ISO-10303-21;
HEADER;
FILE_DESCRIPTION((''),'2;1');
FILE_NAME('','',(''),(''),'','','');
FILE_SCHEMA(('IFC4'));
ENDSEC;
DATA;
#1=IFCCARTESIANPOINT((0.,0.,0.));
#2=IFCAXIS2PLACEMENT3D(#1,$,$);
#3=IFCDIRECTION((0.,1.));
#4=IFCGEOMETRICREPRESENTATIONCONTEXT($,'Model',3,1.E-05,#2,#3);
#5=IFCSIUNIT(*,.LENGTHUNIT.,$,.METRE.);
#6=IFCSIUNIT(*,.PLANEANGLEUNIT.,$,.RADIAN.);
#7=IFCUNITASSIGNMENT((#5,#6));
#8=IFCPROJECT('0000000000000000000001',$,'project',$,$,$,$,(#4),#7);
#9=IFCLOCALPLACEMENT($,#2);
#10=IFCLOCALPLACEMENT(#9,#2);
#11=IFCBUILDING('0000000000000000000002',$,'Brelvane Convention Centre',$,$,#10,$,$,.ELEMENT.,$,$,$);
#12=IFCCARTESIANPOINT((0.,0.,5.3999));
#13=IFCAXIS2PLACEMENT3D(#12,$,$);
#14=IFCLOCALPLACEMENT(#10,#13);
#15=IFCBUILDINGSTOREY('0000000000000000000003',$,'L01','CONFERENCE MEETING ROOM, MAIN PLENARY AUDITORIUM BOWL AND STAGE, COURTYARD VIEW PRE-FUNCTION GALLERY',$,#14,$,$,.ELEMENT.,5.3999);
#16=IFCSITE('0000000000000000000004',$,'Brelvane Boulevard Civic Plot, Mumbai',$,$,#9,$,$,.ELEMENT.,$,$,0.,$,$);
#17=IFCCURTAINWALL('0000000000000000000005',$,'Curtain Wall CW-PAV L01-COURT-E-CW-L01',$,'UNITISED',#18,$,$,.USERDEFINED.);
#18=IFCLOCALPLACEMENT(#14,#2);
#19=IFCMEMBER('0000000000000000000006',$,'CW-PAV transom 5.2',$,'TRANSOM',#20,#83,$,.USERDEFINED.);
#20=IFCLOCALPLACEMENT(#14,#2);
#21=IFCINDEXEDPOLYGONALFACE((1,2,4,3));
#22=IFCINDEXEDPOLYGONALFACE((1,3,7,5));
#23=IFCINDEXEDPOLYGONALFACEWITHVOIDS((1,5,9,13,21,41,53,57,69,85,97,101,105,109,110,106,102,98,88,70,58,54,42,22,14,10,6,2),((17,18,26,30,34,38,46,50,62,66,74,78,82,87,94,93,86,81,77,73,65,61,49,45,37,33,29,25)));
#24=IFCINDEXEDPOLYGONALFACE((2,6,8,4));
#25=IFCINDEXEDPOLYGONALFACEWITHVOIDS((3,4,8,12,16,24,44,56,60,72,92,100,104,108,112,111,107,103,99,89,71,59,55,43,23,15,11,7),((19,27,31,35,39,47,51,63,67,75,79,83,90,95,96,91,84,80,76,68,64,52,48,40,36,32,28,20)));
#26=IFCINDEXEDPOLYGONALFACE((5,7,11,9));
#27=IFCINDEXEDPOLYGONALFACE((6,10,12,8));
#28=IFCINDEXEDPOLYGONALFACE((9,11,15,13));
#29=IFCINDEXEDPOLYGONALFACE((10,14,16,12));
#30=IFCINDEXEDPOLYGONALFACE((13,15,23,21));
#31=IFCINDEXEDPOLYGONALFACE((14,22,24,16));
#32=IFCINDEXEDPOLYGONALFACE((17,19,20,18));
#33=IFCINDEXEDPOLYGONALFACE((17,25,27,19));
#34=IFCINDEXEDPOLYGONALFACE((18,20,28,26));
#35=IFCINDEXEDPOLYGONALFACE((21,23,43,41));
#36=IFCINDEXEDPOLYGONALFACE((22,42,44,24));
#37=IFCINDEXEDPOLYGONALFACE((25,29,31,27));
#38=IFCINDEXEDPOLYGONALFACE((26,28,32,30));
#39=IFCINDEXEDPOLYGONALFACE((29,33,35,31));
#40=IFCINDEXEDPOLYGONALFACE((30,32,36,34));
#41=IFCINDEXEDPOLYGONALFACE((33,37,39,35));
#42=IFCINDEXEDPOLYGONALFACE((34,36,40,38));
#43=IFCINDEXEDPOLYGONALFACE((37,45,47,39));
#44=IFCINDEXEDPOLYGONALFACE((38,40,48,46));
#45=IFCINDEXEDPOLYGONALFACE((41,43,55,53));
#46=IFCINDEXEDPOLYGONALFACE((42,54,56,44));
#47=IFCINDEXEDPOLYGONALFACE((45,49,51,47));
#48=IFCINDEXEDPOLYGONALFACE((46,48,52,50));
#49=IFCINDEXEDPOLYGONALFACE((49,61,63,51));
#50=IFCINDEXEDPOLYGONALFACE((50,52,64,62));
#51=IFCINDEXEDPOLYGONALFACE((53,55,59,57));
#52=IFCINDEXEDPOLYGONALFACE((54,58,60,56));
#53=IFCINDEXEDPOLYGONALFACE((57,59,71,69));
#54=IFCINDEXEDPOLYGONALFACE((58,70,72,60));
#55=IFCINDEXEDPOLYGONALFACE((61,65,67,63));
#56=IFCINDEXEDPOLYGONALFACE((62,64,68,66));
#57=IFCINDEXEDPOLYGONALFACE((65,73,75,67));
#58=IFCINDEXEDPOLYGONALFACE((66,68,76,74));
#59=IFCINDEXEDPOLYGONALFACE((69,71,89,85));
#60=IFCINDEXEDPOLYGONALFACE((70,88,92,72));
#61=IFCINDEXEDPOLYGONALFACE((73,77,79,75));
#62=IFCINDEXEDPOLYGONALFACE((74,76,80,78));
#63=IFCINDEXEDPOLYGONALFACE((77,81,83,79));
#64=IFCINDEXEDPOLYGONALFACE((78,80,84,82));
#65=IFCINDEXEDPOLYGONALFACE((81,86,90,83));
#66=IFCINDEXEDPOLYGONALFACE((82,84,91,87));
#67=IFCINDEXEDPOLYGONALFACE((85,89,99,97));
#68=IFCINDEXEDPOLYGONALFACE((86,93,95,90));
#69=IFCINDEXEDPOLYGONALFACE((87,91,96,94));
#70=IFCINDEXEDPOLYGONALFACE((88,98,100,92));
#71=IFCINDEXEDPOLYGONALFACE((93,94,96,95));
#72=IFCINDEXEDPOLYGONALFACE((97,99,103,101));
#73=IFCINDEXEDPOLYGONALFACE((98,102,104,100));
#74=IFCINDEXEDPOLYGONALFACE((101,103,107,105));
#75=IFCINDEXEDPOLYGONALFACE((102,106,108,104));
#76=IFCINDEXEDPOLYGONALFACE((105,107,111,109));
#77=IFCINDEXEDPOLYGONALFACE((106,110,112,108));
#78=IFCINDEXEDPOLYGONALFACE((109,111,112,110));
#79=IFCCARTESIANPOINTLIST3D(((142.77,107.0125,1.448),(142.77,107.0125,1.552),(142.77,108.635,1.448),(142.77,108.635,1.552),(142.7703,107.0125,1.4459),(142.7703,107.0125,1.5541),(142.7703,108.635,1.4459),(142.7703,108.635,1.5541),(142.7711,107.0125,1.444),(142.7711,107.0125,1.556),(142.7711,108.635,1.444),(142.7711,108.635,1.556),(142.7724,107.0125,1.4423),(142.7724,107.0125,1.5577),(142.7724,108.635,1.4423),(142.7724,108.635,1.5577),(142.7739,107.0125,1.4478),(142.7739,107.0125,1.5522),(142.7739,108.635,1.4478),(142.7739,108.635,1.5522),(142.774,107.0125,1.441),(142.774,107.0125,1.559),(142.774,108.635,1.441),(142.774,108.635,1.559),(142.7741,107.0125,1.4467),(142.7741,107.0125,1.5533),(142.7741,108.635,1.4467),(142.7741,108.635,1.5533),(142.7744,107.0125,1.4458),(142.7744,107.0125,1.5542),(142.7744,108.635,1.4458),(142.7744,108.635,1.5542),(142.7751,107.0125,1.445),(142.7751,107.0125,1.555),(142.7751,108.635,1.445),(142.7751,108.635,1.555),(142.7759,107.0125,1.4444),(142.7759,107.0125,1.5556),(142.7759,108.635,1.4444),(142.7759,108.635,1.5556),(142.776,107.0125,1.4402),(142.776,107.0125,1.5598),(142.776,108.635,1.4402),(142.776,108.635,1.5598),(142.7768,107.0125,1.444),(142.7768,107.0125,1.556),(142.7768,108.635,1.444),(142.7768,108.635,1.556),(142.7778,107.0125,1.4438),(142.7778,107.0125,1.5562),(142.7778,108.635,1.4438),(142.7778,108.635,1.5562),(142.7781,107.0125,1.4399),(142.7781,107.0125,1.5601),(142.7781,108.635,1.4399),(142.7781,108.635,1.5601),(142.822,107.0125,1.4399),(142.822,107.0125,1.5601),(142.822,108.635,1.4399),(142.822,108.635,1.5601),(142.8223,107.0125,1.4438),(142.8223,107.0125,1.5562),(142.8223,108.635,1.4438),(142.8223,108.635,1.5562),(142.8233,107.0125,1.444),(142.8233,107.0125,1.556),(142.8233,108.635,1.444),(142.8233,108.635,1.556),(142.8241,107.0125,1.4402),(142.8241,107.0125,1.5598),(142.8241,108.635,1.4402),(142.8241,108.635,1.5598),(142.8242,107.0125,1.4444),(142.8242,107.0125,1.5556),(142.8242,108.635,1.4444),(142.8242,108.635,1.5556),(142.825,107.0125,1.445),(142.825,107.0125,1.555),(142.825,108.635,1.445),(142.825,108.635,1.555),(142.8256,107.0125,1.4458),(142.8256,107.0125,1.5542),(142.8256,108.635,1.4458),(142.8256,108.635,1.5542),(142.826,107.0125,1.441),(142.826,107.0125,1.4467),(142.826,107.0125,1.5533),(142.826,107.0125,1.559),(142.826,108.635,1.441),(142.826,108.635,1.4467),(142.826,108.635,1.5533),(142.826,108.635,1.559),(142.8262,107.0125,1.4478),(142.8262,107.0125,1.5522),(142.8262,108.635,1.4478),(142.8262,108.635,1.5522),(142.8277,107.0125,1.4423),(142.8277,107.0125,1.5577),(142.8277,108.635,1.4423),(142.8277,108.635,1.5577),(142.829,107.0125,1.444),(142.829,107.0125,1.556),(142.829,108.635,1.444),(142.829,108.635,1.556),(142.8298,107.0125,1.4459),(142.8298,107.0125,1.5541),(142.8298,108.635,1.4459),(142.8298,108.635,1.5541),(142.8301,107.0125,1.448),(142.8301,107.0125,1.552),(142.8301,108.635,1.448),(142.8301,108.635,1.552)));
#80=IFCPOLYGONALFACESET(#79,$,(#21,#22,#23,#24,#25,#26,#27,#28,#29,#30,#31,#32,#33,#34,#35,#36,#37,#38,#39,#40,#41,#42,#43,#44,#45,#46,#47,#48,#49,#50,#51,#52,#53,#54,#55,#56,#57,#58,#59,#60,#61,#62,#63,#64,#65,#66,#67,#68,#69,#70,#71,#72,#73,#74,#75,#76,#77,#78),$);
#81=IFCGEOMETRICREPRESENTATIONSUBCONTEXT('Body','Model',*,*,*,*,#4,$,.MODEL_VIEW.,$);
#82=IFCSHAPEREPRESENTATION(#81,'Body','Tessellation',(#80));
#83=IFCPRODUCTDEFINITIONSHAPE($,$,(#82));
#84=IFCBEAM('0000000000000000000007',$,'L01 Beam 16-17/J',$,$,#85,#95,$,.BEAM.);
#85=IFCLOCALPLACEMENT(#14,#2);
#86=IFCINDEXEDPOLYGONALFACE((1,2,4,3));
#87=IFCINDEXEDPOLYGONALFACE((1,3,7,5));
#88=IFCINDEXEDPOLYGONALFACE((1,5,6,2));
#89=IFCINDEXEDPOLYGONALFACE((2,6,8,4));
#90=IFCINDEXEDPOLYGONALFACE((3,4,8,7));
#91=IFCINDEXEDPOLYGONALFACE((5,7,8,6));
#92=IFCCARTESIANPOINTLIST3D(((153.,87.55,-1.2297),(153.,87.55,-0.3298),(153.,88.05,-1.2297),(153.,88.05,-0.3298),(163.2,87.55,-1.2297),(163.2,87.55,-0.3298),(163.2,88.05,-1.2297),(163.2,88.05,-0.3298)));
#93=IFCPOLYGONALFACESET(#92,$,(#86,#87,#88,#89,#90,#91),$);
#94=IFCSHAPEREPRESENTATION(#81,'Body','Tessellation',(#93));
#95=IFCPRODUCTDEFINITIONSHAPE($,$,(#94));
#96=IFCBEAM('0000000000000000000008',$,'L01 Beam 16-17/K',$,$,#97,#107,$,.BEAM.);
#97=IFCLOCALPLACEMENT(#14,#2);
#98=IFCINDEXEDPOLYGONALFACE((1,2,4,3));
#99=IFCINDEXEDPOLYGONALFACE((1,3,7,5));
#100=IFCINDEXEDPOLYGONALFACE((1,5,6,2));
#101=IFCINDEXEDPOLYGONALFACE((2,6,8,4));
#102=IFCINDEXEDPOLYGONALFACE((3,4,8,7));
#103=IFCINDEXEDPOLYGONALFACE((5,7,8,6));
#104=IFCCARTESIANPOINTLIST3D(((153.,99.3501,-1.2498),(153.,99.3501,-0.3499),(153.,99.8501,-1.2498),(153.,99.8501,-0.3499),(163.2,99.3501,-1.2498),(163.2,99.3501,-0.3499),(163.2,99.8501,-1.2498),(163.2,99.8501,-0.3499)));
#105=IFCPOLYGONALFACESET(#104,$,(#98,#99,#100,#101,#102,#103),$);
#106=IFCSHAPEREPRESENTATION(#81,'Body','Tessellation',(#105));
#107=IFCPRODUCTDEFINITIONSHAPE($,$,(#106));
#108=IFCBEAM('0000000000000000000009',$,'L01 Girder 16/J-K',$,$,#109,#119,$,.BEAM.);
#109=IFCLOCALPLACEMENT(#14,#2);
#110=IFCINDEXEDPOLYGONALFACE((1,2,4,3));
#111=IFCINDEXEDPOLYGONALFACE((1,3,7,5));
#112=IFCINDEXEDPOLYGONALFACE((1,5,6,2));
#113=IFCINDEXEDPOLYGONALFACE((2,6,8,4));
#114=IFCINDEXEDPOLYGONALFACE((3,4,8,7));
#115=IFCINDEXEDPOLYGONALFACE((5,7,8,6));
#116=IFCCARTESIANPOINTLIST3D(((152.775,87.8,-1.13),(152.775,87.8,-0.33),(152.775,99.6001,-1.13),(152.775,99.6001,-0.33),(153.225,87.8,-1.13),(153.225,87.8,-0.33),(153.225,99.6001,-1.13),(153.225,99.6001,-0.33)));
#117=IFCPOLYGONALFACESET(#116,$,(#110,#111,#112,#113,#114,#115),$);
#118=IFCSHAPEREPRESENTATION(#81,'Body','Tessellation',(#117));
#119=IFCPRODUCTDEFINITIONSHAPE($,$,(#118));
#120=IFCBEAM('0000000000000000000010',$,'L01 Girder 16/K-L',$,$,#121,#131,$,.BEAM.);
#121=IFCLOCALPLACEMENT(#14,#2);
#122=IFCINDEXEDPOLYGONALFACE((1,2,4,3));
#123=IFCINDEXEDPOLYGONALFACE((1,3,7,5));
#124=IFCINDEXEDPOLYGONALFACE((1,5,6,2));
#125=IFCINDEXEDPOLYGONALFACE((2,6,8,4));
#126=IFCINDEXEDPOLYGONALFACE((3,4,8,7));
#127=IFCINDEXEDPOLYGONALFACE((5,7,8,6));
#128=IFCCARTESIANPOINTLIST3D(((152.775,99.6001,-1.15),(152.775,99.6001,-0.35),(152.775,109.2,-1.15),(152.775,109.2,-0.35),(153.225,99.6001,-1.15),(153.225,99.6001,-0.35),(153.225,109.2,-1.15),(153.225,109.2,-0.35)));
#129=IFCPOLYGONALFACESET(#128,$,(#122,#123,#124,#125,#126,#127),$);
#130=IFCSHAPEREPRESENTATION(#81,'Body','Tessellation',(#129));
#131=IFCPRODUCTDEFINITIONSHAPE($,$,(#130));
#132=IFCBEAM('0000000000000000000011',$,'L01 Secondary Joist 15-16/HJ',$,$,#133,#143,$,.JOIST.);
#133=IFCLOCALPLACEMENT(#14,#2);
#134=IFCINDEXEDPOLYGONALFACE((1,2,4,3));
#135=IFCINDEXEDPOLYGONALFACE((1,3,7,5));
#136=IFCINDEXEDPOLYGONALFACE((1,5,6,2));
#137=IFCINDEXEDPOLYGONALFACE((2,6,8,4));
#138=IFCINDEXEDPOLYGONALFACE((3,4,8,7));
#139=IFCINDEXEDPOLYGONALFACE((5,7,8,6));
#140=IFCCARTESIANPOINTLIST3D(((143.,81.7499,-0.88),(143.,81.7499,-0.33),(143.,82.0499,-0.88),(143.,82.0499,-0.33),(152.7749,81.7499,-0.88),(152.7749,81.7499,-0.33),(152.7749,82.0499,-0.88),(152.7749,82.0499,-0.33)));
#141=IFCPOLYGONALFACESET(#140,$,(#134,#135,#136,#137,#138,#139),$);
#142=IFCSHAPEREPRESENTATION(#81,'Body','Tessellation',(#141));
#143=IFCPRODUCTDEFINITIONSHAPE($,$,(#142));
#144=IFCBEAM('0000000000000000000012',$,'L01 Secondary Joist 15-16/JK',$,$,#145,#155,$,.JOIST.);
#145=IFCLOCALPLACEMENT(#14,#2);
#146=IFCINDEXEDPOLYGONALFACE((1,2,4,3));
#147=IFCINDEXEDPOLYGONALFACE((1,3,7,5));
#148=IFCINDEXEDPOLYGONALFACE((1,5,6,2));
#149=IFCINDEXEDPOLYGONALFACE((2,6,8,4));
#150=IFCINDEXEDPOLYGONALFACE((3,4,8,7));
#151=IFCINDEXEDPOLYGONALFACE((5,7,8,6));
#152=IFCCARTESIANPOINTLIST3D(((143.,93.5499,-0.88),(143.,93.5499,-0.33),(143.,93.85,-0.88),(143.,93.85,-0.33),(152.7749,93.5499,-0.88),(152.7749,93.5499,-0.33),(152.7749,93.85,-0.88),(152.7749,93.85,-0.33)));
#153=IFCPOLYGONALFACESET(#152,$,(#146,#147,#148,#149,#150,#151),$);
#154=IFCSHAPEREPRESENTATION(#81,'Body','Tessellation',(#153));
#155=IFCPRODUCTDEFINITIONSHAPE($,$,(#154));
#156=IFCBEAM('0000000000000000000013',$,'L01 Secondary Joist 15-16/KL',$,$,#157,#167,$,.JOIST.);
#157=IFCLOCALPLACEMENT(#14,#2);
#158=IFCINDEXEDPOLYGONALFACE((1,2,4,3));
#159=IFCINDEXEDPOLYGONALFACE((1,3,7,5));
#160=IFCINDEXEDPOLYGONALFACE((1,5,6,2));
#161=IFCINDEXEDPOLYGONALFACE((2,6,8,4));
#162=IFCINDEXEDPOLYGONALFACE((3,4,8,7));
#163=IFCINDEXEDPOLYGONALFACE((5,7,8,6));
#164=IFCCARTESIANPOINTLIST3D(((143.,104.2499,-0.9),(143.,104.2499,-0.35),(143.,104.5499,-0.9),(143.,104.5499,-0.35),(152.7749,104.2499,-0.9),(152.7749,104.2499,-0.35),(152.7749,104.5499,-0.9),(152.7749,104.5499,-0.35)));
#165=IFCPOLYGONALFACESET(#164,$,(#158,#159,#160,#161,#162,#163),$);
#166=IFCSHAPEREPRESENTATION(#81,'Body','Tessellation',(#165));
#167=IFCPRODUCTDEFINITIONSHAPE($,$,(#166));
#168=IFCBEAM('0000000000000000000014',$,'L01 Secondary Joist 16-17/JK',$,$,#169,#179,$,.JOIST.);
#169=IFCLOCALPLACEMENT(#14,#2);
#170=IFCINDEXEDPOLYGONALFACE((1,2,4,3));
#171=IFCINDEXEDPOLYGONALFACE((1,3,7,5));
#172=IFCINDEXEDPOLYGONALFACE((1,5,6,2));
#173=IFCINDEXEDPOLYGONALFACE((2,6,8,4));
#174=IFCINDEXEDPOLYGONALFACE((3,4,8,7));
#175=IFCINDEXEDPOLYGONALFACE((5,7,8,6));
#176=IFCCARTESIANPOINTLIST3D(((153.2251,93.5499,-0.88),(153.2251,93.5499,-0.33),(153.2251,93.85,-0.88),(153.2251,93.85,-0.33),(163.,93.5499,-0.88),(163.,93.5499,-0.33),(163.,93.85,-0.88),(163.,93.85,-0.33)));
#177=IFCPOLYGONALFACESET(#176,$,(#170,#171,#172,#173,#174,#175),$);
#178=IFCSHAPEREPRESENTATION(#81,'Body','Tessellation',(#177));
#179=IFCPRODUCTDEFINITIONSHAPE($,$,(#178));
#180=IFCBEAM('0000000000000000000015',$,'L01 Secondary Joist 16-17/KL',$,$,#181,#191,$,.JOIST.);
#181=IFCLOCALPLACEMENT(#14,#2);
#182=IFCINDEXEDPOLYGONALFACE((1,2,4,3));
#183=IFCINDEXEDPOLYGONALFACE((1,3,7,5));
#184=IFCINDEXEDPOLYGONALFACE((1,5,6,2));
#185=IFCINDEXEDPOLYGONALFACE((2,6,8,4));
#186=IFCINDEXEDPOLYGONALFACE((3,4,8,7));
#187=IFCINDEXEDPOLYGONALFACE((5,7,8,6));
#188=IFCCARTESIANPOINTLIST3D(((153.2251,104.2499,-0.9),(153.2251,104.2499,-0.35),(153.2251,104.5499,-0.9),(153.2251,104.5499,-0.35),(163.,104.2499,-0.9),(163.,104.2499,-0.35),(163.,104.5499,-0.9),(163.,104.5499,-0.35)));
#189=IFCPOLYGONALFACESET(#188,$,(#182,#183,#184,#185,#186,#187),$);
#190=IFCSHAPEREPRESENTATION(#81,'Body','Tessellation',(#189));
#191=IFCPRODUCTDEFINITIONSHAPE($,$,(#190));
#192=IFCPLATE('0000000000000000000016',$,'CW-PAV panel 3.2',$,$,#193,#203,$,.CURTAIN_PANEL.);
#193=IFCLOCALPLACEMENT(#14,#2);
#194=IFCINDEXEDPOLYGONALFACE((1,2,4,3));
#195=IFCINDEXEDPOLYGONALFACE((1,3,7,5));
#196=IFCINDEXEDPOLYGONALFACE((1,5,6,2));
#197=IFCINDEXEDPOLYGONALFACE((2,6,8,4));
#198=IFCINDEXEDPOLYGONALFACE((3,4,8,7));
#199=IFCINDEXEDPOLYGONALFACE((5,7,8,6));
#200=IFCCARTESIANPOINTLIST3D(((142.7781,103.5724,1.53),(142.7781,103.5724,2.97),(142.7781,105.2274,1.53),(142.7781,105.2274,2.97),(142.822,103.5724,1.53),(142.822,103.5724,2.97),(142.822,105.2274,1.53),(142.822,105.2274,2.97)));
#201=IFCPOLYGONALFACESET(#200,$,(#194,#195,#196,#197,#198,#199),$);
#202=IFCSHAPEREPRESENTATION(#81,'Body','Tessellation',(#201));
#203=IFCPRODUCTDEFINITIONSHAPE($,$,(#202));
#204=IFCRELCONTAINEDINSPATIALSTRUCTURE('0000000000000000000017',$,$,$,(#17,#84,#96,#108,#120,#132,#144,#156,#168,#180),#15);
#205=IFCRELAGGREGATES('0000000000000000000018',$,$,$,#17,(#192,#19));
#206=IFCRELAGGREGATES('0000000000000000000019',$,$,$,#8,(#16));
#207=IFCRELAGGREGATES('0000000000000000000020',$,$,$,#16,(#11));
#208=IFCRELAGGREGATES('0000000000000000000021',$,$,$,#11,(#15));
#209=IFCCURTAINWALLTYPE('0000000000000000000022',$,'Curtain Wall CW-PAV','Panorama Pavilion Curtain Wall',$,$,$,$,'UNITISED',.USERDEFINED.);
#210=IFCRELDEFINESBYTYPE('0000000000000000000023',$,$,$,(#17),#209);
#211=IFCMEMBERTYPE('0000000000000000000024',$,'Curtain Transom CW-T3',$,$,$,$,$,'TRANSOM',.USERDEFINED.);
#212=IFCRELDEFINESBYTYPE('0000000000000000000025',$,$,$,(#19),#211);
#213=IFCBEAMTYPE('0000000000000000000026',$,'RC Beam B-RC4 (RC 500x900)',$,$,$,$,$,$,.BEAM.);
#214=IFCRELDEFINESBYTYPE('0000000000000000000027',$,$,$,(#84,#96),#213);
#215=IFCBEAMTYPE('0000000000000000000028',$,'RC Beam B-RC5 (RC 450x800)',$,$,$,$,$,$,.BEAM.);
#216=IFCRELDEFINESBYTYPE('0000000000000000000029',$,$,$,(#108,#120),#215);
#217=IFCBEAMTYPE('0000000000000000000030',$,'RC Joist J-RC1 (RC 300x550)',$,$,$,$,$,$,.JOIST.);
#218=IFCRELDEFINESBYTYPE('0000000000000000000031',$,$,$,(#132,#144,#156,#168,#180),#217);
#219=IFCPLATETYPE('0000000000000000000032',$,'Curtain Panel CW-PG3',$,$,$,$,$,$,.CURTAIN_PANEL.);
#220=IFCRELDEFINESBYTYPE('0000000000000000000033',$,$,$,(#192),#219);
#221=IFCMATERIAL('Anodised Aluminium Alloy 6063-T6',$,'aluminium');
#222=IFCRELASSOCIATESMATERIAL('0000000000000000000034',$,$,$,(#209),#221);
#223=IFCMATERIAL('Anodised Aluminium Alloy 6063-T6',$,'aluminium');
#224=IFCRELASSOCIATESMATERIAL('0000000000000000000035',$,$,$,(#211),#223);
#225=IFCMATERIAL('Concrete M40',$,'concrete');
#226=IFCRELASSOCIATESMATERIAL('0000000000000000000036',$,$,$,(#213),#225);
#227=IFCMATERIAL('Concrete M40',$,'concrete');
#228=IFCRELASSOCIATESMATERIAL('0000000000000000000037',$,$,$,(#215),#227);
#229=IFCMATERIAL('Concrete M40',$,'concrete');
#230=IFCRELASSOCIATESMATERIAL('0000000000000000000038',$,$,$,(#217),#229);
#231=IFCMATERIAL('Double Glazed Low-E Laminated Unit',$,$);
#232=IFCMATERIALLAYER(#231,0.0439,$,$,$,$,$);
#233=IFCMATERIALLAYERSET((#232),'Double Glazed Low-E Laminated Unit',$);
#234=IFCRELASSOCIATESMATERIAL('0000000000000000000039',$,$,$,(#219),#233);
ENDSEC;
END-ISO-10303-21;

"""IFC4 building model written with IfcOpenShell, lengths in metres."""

from ifc_helpers import new_model, si_unit, direction, frame, origin, origin_2d, place, context, subcontext, project, spatial, rectangle, hollow_rectangle, extrude, material, layer, layer_set, material_profile, profile_set, type_object, element, aggregate, save


model = new_model("IFC4")

# Units and contexts
model_context = context("Model", 3, precision=1e-05, world=origin(), true_north=direction((0.0, 1.0)))
body_context = subcontext(model_context, "Body", "Model", "MODEL_VIEW")
ifc_project = project(units=[si_unit("LENGTHUNIT", "METRE"), si_unit("PLANEANGLEUNIT", "RADIAN")], contexts=[model_context])

# Site, building, storey
site_placement = place(None, origin())
site = spatial("IfcSite", under=ifc_project, at=site_placement, Name="Brelvane Boulevard Civic Plot, Mumbai", CompositionType="ELEMENT", RefElevation=0.0)
building_placement = place(site_placement, origin())
building = spatial("IfcBuilding", under=site, at=building_placement, Name="Brelvane Convention Centre", CompositionType="ELEMENT")
storey_placement = place(building_placement, frame((0.0, 0.0, 5.3999)))
storey = spatial("IfcBuildingStorey", under=building, at=storey_placement, Name="L01", Description="CONFERENCE MEETING ROOM, MAIN PLENARY AUDITORIUM BOWL AND STAGE, COURTYARD VIEW PRE-FUNCTION GALLERY", CompositionType="ELEMENT", Elevation=5.3999)

# Curtain wall, member
ifc_material_1 = material(Name="Anodised Aluminium Alloy 6063-T6", Category="aluminium")
curtain_wall_type = type_object("IfcCurtainWallType", Name="Curtain Wall CW-PAV", Description="Panorama Pavilion Curtain Wall", ElementType="UNITISED", PredefinedType="USERDEFINED", material=ifc_material_1)
curtain_wall_placement = place(storey_placement, origin())
curtain_wall = element("IfcCurtainWall", 1, at=curtain_wall_placement, inside=storey, type_object=curtain_wall_type, Name="Curtain Wall CW-PAV L01-COURT-E-CW-L01", ObjectType="UNITISED", PredefinedType="USERDEFINED")
ifc_material_2 = material(Name="Anodised Aluminium Alloy 6063-T6", Category="aluminium")
ifc_material_profile_1 = material_profile(ifc_material_2, hollow_rectangle(XDim=0.0601, YDim=0.1201, WallThickness=0.0039, InnerFilletRadius=0.0039, OuterFilletRadius=0.0081, at=origin_2d()), Name="ALU-T 120x60x4.0")
ifc_profile_set_1 = profile_set([ifc_material_profile_1], Name="Anodised Aluminium Alloy 6063-T6")
member_type_1 = type_object("IfcMemberType", Name="Curtain Transom CW-T3", ElementType="TRANSOM", PredefinedType="USERDEFINED", material=ifc_profile_set_1)
member_1_placement = place(storey_placement, frame((142.8, 107.0125, 1.5), z_axis=(0.0, 1.0, 0.0), x_axis=(-1.0, 0.0, 0.0)))
member_1 = element("IfcMember", 2, at=member_1_placement, type_object=member_type_1, Name="CW-PAV transom 5.2", ObjectType="TRANSOM", PredefinedType="USERDEFINED", context=body_context, shape_type="SweptSolid", body=[
    extrude(hollow_rectangle(XDim=0.0601, YDim=0.1201, WallThickness=0.0039, InnerFilletRadius=0.0039, OuterFilletRadius=0.0081, at=origin_2d()), origin(), (0.0, 0.0, 1.0), 1.6226),
])

# Beams
ifc_material_3 = material(Name="Concrete M40", Category="concrete")
ifc_material_profile_2 = material_profile(ifc_material_3, rectangle(XDim=0.5, YDim=0.8999, at=origin_2d()), Name="RC 500x900")
ifc_profile_set_2 = profile_set([ifc_material_profile_2], Name="Concrete M40")
beam_type_1 = type_object("IfcBeamType", Name="RC Beam B-RC4 (RC 500x900)", PredefinedType="BEAM", material=ifc_profile_set_2)
for number, where, z_axis, x_axis, name in (
    (3, (153.0, 87.8, -0.7798), (1.0, 0.0, 0.0), (0.0, 1.0, 0.0), "L01 Beam 16-17/J"),
    (4, (153.0, 99.6001, -0.7998), (1.0, 0.0, 0.0), (0.0, 1.0, 0.0), "L01 Beam 16-17/K"),
):
    element("IfcBeam", number, at=place(storey_placement, frame(where, z_axis=z_axis, x_axis=x_axis)), inside=storey, type_object=beam_type_1, Name=name, PredefinedType="BEAM", context=body_context, shape_type="SweptSolid", body=[
        extrude(rectangle(XDim=0.5, YDim=0.8999, at=origin_2d()), origin(), (0.0, 0.0, 1.0), 10.2),
    ])
ifc_material_4 = material(Name="Concrete M40", Category="concrete")
ifc_material_profile_3 = material_profile(ifc_material_4, rectangle(XDim=0.45, YDim=0.8, at=origin_2d()), Name="RC 450x800")
ifc_profile_set_3 = profile_set([ifc_material_profile_3], Name="Concrete M40")
beam_type_2 = type_object("IfcBeamType", Name="RC Beam B-RC5 (RC 450x800)", PredefinedType="BEAM", material=ifc_profile_set_3)
beam_1_placement = place(storey_placement, frame((153.0, 87.8, -0.73), z_axis=(0.0, 1.0, 0.0), x_axis=(-1.0, 0.0, 0.0)))
element("IfcBeam", 5, at=beam_1_placement, inside=storey, type_object=beam_type_2, Name="L01 Girder 16/J-K", PredefinedType="BEAM", context=body_context, shape_type="SweptSolid", body=[
    extrude(rectangle(XDim=0.45, YDim=0.8, at=origin_2d()), origin(), (0.0, 0.0, 1.0), 11.8),
])
beam_2_placement = place(storey_placement, frame((153.0, 99.6001, -0.75), z_axis=(0.0, 1.0, 0.0), x_axis=(-1.0, 0.0, 0.0)))
element("IfcBeam", 6, at=beam_2_placement, inside=storey, type_object=beam_type_2, Name="L01 Girder 16/K-L", PredefinedType="BEAM", context=body_context, shape_type="SweptSolid", body=[
    extrude(rectangle(XDim=0.45, YDim=0.8, at=origin_2d()), origin(), (0.0, 0.0, 1.0), 9.5999),
])
ifc_material_5 = material(Name="Concrete M40", Category="concrete")
ifc_material_profile_4 = material_profile(ifc_material_5, rectangle(XDim=0.3, YDim=0.55, at=origin_2d()), Name="RC 300x550")
ifc_profile_set_4 = profile_set([ifc_material_profile_4], Name="Concrete M40")
beam_type_3 = type_object("IfcBeamType", Name="RC Joist J-RC1 (RC 300x550)", PredefinedType="JOIST", material=ifc_profile_set_4)
for number, where, z_axis, x_axis, name in (
    (7, (143.0, 81.8999, -0.605), (1.0, 0.0, 0.0), (0.0, 1.0, 0.0), "L01 Secondary Joist 15-16/HJ"),
    (8, (143.0, 93.7, -0.605), (1.0, 0.0, 0.0), (0.0, 1.0, 0.0), "L01 Secondary Joist 15-16/JK"),
    (9, (143.0, 104.3999, -0.625), (1.0, 0.0, 0.0), (0.0, 1.0, 0.0), "L01 Secondary Joist 15-16/KL"),
    (10, (153.2251, 93.7, -0.605), (1.0, 0.0, 0.0), (0.0, 1.0, 0.0), "L01 Secondary Joist 16-17/JK"),
    (11, (153.2251, 104.3999, -0.625), (1.0, 0.0, 0.0), (0.0, 1.0, 0.0), "L01 Secondary Joist 16-17/KL"),
):
    element("IfcBeam", number, at=place(storey_placement, frame(where, z_axis=z_axis, x_axis=x_axis)), inside=storey, type_object=beam_type_3, Name=name, PredefinedType="JOIST", context=body_context, shape_type="SweptSolid", body=[
        extrude(rectangle(XDim=0.3, YDim=0.55, at=origin_2d()), origin(), (0.0, 0.0, 1.0), 9.7749),
    ])

# Plate
ifc_material_6 = material(Name="Double Glazed Low-E Laminated Unit")
ifc_layer_1 = layer(ifc_material_6, 0.0439)
ifc_layer_set_1 = layer_set([ifc_layer_1], Name="Double Glazed Low-E Laminated Unit")
plate_type = type_object("IfcPlateType", Name="Curtain Panel CW-PG3", PredefinedType="CURTAIN_PANEL", material=ifc_layer_set_1)
plate_1_placement = place(storey_placement, frame((142.8, 104.3999, 1.53), z_axis=(0.0, 0.0, 1.0), x_axis=(0.0, 1.0, 0.0)))
plate_1 = element("IfcPlate", 12, at=plate_1_placement, type_object=plate_type, Name="CW-PAV panel 3.2", PredefinedType="CURTAIN_PANEL", context=body_context, shape_type="SweptSolid", body=[
    extrude(rectangle(XDim=1.655, YDim=0.0439, at=origin_2d()), origin(), (0.0, 0.0, 1.0), 1.4399),
])
aggregate(curtain_wall, [plate_1, member_1])

save(model, "model.ifc")
